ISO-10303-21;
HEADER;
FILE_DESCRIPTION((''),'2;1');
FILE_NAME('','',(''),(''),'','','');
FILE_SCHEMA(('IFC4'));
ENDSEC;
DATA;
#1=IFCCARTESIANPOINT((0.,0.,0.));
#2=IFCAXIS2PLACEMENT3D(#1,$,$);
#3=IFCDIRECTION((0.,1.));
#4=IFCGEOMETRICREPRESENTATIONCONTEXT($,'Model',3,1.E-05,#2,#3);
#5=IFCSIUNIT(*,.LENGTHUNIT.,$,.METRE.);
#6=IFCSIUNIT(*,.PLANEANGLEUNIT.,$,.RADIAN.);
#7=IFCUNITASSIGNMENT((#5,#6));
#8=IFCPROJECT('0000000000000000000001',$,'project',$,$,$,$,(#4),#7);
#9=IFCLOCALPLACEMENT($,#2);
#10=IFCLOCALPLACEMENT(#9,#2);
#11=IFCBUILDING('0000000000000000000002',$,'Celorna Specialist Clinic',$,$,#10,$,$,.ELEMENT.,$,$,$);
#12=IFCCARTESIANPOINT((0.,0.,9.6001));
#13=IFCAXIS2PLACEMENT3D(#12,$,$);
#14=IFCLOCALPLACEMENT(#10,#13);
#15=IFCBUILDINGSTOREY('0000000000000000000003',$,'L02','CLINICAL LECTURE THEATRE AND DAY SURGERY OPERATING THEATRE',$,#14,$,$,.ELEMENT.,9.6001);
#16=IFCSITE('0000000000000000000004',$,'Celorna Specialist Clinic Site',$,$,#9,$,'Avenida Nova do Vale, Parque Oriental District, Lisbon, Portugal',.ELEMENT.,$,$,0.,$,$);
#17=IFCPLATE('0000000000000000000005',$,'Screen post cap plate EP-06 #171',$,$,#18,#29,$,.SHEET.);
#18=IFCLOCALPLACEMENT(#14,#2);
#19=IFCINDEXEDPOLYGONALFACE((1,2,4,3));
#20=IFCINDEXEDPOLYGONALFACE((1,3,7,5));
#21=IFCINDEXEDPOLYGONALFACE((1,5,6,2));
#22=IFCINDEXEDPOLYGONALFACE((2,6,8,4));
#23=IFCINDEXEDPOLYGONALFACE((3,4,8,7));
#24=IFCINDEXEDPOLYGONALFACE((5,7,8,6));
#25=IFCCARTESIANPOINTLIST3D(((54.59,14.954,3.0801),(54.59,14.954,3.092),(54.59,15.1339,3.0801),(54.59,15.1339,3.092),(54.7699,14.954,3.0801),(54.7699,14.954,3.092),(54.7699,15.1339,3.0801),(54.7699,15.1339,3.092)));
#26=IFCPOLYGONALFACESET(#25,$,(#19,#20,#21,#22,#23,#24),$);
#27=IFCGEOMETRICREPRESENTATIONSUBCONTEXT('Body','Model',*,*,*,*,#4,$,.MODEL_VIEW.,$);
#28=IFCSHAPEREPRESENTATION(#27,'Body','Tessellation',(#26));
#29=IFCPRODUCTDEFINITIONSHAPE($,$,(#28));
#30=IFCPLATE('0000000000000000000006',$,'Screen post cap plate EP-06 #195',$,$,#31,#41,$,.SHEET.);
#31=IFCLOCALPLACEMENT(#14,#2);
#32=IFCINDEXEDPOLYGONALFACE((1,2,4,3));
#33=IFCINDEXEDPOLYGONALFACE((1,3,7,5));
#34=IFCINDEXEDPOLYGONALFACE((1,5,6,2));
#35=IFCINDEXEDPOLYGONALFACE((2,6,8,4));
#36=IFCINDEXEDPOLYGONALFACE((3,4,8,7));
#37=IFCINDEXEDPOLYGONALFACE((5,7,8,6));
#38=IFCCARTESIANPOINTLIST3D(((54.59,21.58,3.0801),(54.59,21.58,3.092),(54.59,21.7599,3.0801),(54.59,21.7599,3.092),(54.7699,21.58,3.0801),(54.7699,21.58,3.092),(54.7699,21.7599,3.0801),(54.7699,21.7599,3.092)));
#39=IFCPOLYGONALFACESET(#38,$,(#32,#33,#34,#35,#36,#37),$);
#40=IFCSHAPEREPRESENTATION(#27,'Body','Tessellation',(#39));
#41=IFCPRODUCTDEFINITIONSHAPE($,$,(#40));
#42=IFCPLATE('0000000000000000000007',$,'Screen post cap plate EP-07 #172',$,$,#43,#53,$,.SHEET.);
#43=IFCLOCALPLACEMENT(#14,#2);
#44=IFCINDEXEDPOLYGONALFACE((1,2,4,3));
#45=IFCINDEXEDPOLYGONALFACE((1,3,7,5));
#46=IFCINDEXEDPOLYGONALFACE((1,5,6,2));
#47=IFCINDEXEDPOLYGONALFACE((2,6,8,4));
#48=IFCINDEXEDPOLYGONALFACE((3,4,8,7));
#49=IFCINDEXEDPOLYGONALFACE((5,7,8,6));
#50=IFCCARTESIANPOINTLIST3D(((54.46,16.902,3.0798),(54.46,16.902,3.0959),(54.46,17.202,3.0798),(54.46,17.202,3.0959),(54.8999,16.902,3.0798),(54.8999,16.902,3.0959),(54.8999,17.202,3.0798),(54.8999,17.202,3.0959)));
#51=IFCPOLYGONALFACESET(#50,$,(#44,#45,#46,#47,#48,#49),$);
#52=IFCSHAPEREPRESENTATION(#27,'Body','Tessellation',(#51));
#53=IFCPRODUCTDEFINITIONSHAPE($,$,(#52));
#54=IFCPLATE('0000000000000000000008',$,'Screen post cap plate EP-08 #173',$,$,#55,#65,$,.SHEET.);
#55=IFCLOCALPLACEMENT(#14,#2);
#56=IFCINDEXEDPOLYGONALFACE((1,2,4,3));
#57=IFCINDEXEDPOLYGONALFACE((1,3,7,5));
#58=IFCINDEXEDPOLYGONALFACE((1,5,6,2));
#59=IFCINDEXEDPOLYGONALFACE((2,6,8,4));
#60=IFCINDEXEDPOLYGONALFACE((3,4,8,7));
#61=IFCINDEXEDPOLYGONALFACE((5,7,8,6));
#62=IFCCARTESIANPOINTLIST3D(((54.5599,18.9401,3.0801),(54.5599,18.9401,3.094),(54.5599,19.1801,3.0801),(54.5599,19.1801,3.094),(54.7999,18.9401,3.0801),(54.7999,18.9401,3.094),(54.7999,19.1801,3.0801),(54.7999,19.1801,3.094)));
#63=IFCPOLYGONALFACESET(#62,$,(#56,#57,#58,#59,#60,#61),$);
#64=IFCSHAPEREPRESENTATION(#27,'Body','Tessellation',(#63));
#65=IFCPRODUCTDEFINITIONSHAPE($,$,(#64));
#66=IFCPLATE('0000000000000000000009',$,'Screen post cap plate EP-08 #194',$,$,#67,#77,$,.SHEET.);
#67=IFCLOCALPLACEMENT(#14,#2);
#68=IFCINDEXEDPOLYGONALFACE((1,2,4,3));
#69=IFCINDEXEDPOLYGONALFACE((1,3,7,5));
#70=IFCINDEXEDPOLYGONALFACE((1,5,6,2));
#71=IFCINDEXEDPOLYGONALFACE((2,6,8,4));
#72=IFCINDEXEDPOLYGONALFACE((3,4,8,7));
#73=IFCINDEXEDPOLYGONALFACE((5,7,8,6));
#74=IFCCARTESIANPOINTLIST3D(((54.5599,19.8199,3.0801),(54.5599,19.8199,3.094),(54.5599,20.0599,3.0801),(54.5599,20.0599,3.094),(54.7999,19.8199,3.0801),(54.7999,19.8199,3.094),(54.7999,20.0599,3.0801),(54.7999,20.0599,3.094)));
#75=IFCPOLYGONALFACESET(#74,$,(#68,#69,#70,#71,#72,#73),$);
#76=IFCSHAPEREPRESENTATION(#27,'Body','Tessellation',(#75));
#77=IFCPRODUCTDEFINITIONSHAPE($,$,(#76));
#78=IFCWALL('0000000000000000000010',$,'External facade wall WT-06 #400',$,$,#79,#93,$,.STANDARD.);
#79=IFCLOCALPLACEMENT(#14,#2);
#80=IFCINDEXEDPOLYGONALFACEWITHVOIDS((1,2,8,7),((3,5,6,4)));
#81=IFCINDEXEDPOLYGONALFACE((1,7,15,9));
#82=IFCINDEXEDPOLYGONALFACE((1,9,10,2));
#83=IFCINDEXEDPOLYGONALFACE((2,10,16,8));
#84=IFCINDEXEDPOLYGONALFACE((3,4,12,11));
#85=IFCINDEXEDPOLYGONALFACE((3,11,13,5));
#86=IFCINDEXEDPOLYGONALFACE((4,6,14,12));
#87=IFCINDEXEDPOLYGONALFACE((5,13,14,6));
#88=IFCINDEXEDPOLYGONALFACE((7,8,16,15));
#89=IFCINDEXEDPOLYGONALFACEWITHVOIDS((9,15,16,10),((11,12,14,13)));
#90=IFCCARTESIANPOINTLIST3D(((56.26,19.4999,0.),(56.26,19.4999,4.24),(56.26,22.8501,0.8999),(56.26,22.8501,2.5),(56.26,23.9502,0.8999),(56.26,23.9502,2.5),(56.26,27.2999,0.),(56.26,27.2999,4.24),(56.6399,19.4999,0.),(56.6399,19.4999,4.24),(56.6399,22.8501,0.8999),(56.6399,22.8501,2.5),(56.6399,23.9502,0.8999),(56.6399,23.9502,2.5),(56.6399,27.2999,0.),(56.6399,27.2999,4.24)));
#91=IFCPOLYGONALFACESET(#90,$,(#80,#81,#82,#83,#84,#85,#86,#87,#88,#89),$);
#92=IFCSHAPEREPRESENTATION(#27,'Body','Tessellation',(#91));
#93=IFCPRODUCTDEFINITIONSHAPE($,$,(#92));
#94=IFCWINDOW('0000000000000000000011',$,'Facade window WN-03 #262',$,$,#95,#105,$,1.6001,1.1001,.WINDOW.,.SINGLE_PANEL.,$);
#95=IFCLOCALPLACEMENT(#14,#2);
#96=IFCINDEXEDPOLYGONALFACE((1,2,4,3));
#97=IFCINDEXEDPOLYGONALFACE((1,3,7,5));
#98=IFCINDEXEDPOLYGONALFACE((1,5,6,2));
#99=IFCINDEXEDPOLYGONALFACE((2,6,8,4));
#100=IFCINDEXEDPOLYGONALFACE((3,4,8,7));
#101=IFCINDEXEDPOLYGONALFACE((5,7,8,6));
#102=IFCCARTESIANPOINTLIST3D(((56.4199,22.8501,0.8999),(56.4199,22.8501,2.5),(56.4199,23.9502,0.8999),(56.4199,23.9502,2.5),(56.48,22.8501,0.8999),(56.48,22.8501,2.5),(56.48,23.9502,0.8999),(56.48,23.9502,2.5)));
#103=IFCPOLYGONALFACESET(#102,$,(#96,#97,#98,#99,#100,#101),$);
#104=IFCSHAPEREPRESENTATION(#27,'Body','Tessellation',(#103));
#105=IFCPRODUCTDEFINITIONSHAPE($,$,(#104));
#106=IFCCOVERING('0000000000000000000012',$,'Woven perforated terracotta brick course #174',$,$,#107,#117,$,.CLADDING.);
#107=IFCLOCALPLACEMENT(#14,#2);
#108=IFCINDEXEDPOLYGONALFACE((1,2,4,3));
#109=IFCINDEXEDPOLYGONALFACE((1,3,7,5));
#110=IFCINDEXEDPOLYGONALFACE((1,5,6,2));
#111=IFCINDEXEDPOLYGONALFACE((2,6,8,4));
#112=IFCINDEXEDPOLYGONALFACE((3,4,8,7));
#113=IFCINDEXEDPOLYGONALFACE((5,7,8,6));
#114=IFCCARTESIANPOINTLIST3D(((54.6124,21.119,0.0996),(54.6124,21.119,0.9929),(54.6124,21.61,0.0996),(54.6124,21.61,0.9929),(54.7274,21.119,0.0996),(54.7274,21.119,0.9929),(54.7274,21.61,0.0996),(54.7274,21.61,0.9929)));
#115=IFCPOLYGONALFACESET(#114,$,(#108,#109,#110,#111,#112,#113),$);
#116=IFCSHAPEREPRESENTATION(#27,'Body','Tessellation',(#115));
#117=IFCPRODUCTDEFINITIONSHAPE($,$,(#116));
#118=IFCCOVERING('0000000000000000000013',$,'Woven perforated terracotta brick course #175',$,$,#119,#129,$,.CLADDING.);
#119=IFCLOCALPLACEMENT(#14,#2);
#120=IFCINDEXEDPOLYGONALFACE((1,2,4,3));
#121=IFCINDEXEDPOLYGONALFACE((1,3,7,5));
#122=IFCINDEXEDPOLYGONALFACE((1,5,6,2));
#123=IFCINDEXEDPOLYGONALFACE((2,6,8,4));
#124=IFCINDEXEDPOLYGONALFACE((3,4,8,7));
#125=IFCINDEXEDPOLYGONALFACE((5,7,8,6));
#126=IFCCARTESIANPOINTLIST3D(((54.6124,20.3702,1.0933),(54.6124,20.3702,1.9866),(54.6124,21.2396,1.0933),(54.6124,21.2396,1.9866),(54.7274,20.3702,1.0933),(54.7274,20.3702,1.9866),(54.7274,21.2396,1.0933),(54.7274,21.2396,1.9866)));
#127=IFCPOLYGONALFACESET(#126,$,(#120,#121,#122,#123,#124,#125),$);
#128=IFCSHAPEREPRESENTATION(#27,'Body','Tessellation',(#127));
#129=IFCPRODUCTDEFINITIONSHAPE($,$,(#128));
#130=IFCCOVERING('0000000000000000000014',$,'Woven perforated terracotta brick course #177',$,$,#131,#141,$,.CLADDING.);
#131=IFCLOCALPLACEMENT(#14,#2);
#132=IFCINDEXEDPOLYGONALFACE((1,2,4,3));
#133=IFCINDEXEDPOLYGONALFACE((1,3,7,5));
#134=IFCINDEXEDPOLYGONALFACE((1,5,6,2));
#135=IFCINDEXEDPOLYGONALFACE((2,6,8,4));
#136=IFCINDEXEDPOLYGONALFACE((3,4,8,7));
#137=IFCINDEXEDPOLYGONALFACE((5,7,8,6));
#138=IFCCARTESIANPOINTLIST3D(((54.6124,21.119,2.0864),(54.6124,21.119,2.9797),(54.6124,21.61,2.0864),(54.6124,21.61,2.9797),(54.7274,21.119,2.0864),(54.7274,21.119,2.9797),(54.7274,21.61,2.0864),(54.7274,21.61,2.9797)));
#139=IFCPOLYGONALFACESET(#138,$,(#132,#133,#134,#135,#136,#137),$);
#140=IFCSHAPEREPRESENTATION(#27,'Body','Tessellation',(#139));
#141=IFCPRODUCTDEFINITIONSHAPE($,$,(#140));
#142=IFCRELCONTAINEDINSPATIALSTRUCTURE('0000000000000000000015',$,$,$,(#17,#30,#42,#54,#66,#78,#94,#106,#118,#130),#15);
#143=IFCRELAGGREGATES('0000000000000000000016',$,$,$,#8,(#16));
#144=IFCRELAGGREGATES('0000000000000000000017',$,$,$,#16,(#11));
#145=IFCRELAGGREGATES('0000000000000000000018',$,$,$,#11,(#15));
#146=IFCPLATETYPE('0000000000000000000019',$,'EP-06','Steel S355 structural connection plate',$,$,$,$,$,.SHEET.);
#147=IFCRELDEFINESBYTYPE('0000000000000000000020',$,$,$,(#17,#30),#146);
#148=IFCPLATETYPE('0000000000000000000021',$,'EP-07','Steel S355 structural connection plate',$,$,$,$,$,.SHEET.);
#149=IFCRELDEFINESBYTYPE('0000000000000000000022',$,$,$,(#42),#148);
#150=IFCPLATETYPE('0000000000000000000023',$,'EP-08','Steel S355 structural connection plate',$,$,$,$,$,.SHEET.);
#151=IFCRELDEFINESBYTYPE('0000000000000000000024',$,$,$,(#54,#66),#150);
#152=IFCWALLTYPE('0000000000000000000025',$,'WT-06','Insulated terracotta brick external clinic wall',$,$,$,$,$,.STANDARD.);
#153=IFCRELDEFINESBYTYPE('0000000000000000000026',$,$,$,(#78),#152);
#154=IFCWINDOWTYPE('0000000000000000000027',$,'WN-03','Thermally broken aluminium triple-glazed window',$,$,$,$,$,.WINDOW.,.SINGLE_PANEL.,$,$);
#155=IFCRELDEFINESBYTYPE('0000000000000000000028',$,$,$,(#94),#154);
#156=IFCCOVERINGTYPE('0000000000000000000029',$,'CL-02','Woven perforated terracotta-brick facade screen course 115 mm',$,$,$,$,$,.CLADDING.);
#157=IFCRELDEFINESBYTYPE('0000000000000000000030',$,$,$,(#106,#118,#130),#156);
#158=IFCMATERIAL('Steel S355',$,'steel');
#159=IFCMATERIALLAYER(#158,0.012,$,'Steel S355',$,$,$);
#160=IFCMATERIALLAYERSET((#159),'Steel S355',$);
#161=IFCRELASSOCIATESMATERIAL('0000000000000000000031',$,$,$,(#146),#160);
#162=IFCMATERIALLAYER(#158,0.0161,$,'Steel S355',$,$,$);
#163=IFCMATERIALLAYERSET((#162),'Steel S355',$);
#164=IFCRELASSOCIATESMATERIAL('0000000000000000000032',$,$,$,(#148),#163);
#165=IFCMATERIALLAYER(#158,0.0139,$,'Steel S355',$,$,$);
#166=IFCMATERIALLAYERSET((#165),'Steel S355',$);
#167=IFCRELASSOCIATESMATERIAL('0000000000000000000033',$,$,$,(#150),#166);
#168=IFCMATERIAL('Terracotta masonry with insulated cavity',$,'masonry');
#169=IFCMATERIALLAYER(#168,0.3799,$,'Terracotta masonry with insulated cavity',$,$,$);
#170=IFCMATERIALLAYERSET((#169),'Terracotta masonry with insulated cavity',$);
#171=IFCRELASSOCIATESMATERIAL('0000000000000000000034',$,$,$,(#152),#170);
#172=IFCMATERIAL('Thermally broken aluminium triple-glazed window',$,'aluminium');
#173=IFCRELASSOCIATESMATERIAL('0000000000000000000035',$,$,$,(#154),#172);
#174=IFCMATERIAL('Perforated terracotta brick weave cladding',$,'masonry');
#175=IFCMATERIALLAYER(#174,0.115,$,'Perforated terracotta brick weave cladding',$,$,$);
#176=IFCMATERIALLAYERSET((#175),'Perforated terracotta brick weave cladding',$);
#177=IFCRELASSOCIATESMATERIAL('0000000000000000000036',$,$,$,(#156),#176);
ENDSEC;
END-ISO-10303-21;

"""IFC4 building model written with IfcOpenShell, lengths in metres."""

from ifc_helpers import new_model, si_unit, direction, frame, frame_2d, origin, origin_2d, place, context, subcontext, project, spatial, rectangle, extrude, material, layer, layer_set, type_object, element, fill, save


model = new_model("IFC4")

# Units and contexts
model_context = context("Model", 3, precision=1e-05, world=origin(), true_north=direction((0.0, 1.0)))
body_context = subcontext(model_context, "Body", "Model", "MODEL_VIEW")
ifc_project = project(units=[si_unit("LENGTHUNIT", "METRE"), si_unit("PLANEANGLEUNIT", "RADIAN")], contexts=[model_context])

# Site, building, storey
site_placement = place(None, origin())
site = spatial("IfcSite", under=ifc_project, at=site_placement, Name="Celorna Specialist Clinic Site", LongName="Avenida Nova do Vale, Parque Oriental District, Lisbon, Portugal", CompositionType="ELEMENT", RefElevation=0.0)
building_placement = place(site_placement, origin())
building = spatial("IfcBuilding", under=site, at=building_placement, Name="Celorna Specialist Clinic", CompositionType="ELEMENT")
storey_placement = place(building_placement, frame((0.0, 0.0, 9.6001)))
storey = spatial("IfcBuildingStorey", under=building, at=storey_placement, Name="L02", Description="CLINICAL LECTURE THEATRE AND DAY SURGERY OPERATING THEATRE", CompositionType="ELEMENT", Elevation=9.6001)

# Shared definitions
ifc_material_1 = material(Name="Steel S355", Category="steel")

# Plates
ifc_layer_1 = layer(ifc_material_1, 0.012, Name="Steel S355")
ifc_layer_set_1 = layer_set([ifc_layer_1], Name="Steel S355")
plate_type_1 = type_object("IfcPlateType", Name="EP-06", Description="Steel S355 structural connection plate", PredefinedType="SHEET", material=ifc_layer_set_1)
for number, where, z_axis, x_axis, name in (
    (1, (54.6799, 15.0439, 3.0801), (0.0, 0.0, 1.0), (0.0, 1.0, 0.0), "Screen post cap plate EP-06 #171"),
    (2, (54.6799, 21.6699, 3.0801), (0.0, 0.0, 1.0), (0.0, 1.0, 0.0), "Screen post cap plate EP-06 #195"),
):
    element("IfcPlate", number, at=place(storey_placement, frame(where, z_axis=z_axis, x_axis=x_axis)), inside=storey, type_object=plate_type_1, Name=name, PredefinedType="SHEET", context=body_context, shape_type="SweptSolid", body=[
        extrude(rectangle(XDim=0.1799, YDim=0.1799, at=origin_2d()), origin(), (0.0, 0.0, 1.0), 0.012),
    ])
ifc_layer_2 = layer(ifc_material_1, 0.0161, Name="Steel S355")
ifc_layer_set_2 = layer_set([ifc_layer_2], Name="Steel S355")
plate_type_2 = type_object("IfcPlateType", Name="EP-07", Description="Steel S355 structural connection plate", PredefinedType="SHEET", material=ifc_layer_set_2)
plate_placement = place(storey_placement, frame((54.6799, 17.052, 3.0798), z_axis=(0.0, 0.0, 1.0), x_axis=(0.0, 1.0, 0.0)))
element("IfcPlate", 3, at=plate_placement, inside=storey, type_object=plate_type_2, Name="Screen post cap plate EP-07 #172", PredefinedType="SHEET", context=body_context, shape_type="SweptSolid", body=[
    extrude(rectangle(XDim=0.3, YDim=0.4399, at=origin_2d()), origin(), (0.0, 0.0, 1.0), 0.0161),
])
ifc_layer_3 = layer(ifc_material_1, 0.0139, Name="Steel S355")
ifc_layer_set_3 = layer_set([ifc_layer_3], Name="Steel S355")
plate_type_3 = type_object("IfcPlateType", Name="EP-08", Description="Steel S355 structural connection plate", PredefinedType="SHEET", material=ifc_layer_set_3)
for number, where, z_axis, x_axis, name in (
    (4, (54.6799, 19.0601, 3.0801), (0.0, 0.0, 1.0), (0.0, 1.0, 0.0), "Screen post cap plate EP-08 #173"),
    (5, (54.6799, 19.9399, 3.0801), (0.0, 0.0, 1.0), (0.0, 1.0, 0.0), "Screen post cap plate EP-08 #194"),
):
    element("IfcPlate", number, at=place(storey_placement, frame(where, z_axis=z_axis, x_axis=x_axis)), inside=storey, type_object=plate_type_3, Name=name, PredefinedType="SHEET", context=body_context, shape_type="SweptSolid", body=[
        extrude(rectangle(XDim=0.24, YDim=0.24, at=origin_2d()), origin(), (0.0, 0.0, 1.0), 0.0139),
    ])

# Wall, opening, window
ifc_material_2 = material(Name="Terracotta masonry with insulated cavity", Category="masonry")
ifc_layer_4 = layer(ifc_material_2, 0.3799, Name="Terracotta masonry with insulated cavity")
ifc_layer_set_4 = layer_set([ifc_layer_4], Name="Terracotta masonry with insulated cavity")
wall_type = type_object("IfcWallType", Name="WT-06", Description="Insulated terracotta brick external clinic wall", PredefinedType="STANDARD", material=ifc_layer_set_4)
wall_placement = place(storey_placement, frame((56.45, 19.5, 0.0), z_axis=(0.0, 0.0, 1.0), x_axis=(0.0, 1.0, 0.0)))
wall = element("IfcWall", 6, at=wall_placement, inside=storey, type_object=wall_type, Name="External facade wall WT-06 #400", PredefinedType="STANDARD", context=body_context, shape_type="SweptSolid", body=[
    extrude(rectangle(XDim=7.8, YDim=0.3799, at=frame_2d((3.8999, 0.0))), origin(), (0.0, 0.0, 1.0), 4.24),
])
opening_placement = place(wall_placement, frame((3.3501, 0.0, 0.8999)))
opening = element("IfcOpeningElement", 7, at=opening_placement, cuts=wall, PredefinedType="OPENING", context=body_context, shape_type="SweptSolid", body=[
    extrude(rectangle(XDim=1.1001, YDim=1.6001, at=frame_2d((0.55, 0.8))), frame((0.0, 0.2, 0.0), z_axis=(0.0, -1.0, 0.0), x_axis=(1.0, 0.0, 0.0)), (0.0, 0.0, 1.0), 0.3999),
])
ifc_material_3 = material(Name="Thermally broken aluminium triple-glazed window", Category="aluminium")
window_type = type_object("IfcWindowType", Name="WN-03", Description="Thermally broken aluminium triple-glazed window", PartitioningType="SINGLE_PANEL", PredefinedType="WINDOW", material=ifc_material_3)
window_placement = place(opening_placement, origin())
window = element("IfcWindow", 8, at=window_placement, inside=storey, type_object=window_type, Name="Facade window WN-03 #262", OverallHeight=1.6001, OverallWidth=1.1001, PartitioningType="SINGLE_PANEL", PredefinedType="WINDOW", context=body_context, shape_type="SweptSolid", body=[
    extrude(rectangle(XDim=1.1001, YDim=1.6001, at=frame_2d((0.55, 0.8))), frame((0.0, 0.03, 0.0), z_axis=(0.0, -1.0, 0.0), x_axis=(1.0, 0.0, 0.0)), (0.0, 0.0, 1.0), 0.0601),
])
fill(opening, window)

# Coverings
ifc_material_4 = material(Name="Perforated terracotta brick weave cladding", Category="masonry")
ifc_layer_5 = layer(ifc_material_4, 0.115, Name="Perforated terracotta brick weave cladding")
ifc_layer_set_5 = layer_set([ifc_layer_5], Name="Perforated terracotta brick weave cladding")
covering_type = type_object("IfcCoveringType", Name="CL-02", Description="Woven perforated terracotta-brick facade screen course 115 mm", PredefinedType="CLADDING", material=ifc_layer_set_5)
covering_1_placement = place(storey_placement, frame((54.6699, 21.3645, 0.0996), z_axis=(0.0, 0.0, 1.0), x_axis=(0.0, 1.0, 0.0)))
element("IfcCovering", 9, at=covering_1_placement, inside=storey, type_object=covering_type, Name="Woven perforated terracotta brick course #174", PredefinedType="CLADDING", context=body_context, shape_type="SweptSolid", body=[
    extrude(rectangle(XDim=0.491, YDim=0.115, at=origin_2d()), origin(), (0.0, 0.0, 1.0), 0.8933),
])
covering_2_placement = place(storey_placement, frame((54.6699, 20.8049, 1.0933), z_axis=(0.0, 0.0, 1.0), x_axis=(0.0, 1.0, 0.0)))
element("IfcCovering", 10, at=covering_2_placement, inside=storey, type_object=covering_type, Name="Woven perforated terracotta brick course #175", PredefinedType="CLADDING", context=body_context, shape_type="SweptSolid", body=[
    extrude(rectangle(XDim=0.8694, YDim=0.115, at=origin_2d()), origin(), (0.0, 0.0, 1.0), 0.8933),
])
covering_3_placement = place(storey_placement, frame((54.6699, 21.3645, 2.0864), z_axis=(0.0, 0.0, 1.0), x_axis=(0.0, 1.0, 0.0)))
element("IfcCovering", 11, at=covering_3_placement, inside=storey, type_object=covering_type, Name="Woven perforated terracotta brick course #177", PredefinedType="CLADDING", context=body_context, shape_type="SweptSolid", body=[
    extrude(rectangle(XDim=0.491, YDim=0.115, at=origin_2d()), origin(), (0.0, 0.0, 1.0), 0.8933),
])

save(model, "model.ifc")
